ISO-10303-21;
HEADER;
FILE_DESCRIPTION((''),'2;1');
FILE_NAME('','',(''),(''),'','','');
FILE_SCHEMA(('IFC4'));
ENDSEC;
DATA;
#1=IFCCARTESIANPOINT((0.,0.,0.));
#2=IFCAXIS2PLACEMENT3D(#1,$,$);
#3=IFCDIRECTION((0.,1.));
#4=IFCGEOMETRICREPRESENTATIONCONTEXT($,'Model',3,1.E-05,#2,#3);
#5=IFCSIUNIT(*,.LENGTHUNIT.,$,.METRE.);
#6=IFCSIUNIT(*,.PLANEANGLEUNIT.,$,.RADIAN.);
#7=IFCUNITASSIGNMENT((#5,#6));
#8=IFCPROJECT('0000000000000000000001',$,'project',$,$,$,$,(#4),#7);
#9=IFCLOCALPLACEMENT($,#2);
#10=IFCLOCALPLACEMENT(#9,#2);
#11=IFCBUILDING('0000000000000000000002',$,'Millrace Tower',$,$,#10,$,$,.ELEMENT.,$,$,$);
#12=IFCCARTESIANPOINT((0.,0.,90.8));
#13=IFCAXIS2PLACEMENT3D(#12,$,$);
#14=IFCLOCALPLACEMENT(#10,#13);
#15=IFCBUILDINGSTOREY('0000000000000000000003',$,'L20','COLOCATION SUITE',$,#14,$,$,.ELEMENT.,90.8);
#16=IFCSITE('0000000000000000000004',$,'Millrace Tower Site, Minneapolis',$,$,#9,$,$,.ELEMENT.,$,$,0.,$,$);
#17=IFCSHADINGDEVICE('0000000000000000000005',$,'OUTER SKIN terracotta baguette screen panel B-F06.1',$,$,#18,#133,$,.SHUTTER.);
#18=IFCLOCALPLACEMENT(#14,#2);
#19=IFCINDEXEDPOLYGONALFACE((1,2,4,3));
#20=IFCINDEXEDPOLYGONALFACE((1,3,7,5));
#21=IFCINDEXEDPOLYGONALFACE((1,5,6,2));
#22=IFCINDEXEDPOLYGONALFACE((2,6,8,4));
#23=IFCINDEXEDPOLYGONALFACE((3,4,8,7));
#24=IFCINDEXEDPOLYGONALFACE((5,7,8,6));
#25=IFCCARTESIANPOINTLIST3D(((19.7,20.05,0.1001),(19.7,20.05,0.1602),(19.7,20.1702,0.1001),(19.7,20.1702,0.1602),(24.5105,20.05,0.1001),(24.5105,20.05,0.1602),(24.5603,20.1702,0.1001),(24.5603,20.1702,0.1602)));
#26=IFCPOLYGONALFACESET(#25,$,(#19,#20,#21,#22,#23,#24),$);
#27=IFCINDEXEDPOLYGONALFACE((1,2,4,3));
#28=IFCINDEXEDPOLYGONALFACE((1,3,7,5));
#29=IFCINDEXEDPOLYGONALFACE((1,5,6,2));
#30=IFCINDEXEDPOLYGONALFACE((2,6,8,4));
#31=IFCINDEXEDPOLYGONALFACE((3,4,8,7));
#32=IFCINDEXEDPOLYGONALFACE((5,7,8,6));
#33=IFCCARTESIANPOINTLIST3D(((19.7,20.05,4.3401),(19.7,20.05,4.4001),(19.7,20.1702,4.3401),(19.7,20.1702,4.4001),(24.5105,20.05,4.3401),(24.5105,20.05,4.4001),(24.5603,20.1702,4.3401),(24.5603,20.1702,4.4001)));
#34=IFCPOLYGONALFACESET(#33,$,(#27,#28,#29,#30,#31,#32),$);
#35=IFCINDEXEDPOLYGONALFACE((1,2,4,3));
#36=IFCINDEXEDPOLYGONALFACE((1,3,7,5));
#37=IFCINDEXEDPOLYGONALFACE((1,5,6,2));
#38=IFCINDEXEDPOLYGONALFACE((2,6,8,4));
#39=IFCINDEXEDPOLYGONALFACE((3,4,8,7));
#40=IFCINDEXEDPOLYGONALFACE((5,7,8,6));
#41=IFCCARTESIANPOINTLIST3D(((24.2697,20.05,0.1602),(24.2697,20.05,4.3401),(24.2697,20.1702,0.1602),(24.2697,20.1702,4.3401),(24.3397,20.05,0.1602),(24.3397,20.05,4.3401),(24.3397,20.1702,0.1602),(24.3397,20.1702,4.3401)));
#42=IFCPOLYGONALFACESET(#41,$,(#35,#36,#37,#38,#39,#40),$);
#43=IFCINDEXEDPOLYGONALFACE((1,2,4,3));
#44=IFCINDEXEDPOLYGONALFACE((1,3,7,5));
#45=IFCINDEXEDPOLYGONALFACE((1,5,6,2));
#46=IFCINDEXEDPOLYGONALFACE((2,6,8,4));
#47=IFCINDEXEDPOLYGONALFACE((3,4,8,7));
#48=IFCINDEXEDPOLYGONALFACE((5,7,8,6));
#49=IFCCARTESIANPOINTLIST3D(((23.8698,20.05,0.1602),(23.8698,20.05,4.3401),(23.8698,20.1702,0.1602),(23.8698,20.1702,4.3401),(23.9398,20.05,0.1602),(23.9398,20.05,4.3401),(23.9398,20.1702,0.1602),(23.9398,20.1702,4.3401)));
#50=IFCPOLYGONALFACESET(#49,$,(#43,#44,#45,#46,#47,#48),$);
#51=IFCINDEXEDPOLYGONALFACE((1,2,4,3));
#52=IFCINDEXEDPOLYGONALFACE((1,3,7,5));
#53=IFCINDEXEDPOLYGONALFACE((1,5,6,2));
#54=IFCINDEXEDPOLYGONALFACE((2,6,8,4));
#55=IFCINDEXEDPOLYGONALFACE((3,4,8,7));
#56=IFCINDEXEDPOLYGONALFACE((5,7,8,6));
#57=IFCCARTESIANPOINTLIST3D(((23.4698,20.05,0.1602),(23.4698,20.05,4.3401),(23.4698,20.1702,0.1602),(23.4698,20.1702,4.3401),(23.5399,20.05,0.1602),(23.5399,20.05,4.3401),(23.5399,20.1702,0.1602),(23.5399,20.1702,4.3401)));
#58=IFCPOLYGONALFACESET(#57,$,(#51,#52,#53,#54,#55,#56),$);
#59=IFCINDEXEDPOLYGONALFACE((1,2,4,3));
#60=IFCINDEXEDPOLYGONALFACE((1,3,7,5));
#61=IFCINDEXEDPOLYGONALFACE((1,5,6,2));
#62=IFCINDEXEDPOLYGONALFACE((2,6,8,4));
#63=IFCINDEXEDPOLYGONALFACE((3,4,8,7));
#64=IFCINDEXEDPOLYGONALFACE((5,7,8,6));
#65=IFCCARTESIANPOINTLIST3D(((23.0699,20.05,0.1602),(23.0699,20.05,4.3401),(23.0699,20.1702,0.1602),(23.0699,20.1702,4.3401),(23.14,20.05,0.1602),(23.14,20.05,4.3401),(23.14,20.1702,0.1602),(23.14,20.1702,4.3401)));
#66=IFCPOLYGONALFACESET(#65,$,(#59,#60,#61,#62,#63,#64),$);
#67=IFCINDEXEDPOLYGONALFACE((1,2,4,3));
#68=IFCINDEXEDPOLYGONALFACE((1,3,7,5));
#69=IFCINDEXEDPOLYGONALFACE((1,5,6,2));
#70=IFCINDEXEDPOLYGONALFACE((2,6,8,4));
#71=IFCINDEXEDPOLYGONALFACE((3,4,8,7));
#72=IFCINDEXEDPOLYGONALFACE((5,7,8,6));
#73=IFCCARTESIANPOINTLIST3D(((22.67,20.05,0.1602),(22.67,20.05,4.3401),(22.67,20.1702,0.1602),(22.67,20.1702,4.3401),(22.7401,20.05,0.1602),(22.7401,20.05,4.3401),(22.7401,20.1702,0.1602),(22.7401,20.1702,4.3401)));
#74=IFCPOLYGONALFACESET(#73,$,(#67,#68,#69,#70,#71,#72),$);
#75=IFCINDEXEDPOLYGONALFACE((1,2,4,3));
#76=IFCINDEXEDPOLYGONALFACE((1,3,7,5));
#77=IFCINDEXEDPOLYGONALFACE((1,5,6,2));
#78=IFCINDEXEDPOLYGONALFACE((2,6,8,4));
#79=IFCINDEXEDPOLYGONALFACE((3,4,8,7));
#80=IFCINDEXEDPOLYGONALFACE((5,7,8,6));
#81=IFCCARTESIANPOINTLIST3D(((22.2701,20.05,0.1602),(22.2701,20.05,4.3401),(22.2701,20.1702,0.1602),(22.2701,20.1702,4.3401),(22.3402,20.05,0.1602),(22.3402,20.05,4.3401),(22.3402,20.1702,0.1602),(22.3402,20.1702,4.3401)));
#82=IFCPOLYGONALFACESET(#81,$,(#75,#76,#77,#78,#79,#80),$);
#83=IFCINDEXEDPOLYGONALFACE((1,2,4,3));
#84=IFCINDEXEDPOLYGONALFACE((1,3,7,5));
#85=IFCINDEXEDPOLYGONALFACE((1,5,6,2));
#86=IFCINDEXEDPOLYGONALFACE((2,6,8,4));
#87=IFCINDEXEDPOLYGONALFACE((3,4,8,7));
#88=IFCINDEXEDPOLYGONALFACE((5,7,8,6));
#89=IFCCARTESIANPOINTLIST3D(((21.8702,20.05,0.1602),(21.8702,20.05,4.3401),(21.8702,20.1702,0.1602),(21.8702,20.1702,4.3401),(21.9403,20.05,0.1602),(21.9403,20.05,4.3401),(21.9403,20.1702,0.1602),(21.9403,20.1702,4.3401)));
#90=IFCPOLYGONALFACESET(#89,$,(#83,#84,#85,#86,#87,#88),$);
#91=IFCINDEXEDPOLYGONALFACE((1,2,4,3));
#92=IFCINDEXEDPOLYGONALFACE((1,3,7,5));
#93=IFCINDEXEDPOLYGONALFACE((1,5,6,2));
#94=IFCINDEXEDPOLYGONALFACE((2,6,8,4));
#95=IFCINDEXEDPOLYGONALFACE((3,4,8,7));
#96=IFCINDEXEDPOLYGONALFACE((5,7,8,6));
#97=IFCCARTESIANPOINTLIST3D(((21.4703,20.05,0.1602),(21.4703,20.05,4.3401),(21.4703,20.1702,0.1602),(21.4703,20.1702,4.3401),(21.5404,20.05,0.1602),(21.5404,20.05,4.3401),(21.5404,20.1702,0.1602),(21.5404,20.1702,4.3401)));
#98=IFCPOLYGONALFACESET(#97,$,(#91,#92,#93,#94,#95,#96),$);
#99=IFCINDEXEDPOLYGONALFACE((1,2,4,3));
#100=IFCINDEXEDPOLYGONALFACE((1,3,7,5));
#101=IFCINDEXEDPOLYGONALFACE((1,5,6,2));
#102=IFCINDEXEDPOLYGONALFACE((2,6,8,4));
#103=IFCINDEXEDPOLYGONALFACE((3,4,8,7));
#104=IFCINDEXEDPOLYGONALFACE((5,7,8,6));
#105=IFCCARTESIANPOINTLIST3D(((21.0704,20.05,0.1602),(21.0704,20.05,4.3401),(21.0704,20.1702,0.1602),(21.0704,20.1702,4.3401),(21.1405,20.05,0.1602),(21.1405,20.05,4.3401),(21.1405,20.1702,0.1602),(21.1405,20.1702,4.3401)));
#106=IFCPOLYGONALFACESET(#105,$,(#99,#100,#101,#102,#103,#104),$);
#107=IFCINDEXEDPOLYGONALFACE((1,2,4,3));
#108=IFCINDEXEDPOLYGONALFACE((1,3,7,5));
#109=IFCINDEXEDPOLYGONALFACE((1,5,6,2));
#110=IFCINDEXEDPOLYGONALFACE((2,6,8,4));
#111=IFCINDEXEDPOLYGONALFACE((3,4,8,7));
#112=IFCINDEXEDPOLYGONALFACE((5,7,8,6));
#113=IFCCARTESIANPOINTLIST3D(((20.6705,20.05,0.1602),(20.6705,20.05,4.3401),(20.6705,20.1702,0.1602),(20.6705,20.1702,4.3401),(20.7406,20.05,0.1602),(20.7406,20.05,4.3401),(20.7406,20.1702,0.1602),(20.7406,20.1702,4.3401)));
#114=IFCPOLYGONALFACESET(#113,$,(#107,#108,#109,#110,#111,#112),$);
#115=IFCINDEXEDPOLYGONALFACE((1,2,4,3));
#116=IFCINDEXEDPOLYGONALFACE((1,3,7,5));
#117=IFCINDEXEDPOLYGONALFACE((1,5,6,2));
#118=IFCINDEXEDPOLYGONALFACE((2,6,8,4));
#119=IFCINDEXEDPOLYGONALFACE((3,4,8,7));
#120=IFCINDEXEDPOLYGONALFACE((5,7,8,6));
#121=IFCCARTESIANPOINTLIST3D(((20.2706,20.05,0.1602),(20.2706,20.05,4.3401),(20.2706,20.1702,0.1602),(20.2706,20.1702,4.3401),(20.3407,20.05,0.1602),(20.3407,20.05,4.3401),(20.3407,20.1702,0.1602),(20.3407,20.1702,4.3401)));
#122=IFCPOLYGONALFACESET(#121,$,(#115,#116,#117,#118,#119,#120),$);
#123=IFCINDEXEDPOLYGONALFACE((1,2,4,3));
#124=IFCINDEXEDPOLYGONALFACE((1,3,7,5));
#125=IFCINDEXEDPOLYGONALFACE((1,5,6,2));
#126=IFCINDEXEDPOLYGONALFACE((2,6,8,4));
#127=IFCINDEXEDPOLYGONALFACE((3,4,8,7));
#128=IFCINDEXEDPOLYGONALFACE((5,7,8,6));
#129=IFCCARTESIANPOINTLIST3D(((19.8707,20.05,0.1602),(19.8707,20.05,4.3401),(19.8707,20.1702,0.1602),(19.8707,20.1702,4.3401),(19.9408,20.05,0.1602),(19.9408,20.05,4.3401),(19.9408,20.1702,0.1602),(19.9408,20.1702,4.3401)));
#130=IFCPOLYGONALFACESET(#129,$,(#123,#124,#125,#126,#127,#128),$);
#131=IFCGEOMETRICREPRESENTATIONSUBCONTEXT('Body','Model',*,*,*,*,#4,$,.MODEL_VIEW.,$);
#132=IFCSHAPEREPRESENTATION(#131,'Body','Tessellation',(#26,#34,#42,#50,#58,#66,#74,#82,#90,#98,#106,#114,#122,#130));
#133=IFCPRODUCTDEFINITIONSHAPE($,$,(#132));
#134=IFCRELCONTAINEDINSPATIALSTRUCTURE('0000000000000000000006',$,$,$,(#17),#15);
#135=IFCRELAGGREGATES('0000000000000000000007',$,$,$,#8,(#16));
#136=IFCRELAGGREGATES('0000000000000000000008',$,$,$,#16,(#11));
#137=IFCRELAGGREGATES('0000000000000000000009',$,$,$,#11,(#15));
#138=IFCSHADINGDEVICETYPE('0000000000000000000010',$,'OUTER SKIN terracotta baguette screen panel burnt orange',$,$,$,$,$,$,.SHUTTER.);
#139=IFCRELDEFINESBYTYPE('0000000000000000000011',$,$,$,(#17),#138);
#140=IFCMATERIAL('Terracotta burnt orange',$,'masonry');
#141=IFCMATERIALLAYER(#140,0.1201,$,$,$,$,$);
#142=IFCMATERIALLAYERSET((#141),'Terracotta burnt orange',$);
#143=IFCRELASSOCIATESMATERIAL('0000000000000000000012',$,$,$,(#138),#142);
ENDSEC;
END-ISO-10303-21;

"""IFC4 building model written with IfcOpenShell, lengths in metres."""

from ifc_helpers import new_model, entity, si_unit, direction, frame, frame_2d, origin, place, context, subcontext, project, spatial, rectangle, extrude, source, transform, mapped, material, layer, layer_set, type_object, element, save


model = new_model("IFC4")

# Units and contexts
model_context = context("Model", 3, precision=1e-05, world=origin(), true_north=direction((0.0, 1.0)))
body_context = subcontext(model_context, "Body", "Model", "MODEL_VIEW")
ifc_project = project(units=[si_unit("LENGTHUNIT", "METRE"), si_unit("PLANEANGLEUNIT", "RADIAN")], contexts=[model_context])

# Site, building, storey
site_placement = place(None, origin())
site = spatial("IfcSite", under=ifc_project, at=site_placement, Name="Millrace Tower Site, Minneapolis", CompositionType="ELEMENT", RefElevation=0.0)
building_placement = place(site_placement, origin())
building = spatial("IfcBuilding", under=site, at=building_placement, Name="Millrace Tower", CompositionType="ELEMENT")
storey_placement = place(building_placement, frame((0.0, 0.0, 90.8)))
storey = spatial("IfcBuildingStorey", under=building, at=storey_placement, Name="L20", Description="COLOCATION SUITE", CompositionType="ELEMENT", Elevation=90.8)

# Shading device
ifc_material_1 = material(Name="Terracotta burnt orange", Category="masonry")
ifc_layer_1 = layer(ifc_material_1, 0.1201)
ifc_layer_set_1 = layer_set([ifc_layer_1], Name="Terracotta burnt orange")
shading_device_type = type_object("IfcShadingDeviceType", Name="OUTER SKIN terracotta baguette screen panel burnt orange", PredefinedType="SHUTTER", material=ifc_layer_set_1)
cartesian_point_1 = entity("IfcCartesianPoint", [-2.3928, 0.0601])
shared_polyline_1 = entity("IfcPolyline", [cartesian_point_1, entity("IfcCartesianPoint", [2.4177, 0.0601]), entity("IfcCartesianPoint", [2.4177, -0.0601]), entity("IfcCartesianPoint", [-2.4426, -0.0601]), cartesian_point_1])
shared_shape_1 = source(origin(), body_context, "Body", "SweptSolid", [
    entity("IfcExtrudedAreaSolid", entity("IfcArbitraryClosedProfileDef", "AREA", None, shared_polyline_1), entity("IfcAxis2Placement3D", entity("IfcCartesianPoint", [0.0, 0.0, 0.0])), entity("IfcDirection", [0.0, 0.0, 1.0]), 0.0601),
    entity("IfcExtrudedAreaSolid", entity("IfcArbitraryClosedProfileDef", "AREA", None, shared_polyline_1), entity("IfcAxis2Placement3D", entity("IfcCartesianPoint", [0.0, 0.0, 4.24])), entity("IfcDirection", [0.0, 0.0, 1.0]), 0.0601),
    extrude(rectangle(XDim=0.0701, YDim=0.1201, at=frame_2d((-2.187, 0.0))), frame((0.0, 0.0, 0.0601)), (0.0, 0.0, 1.0), 4.1799),
    extrude(rectangle(XDim=0.0701, YDim=0.1201, at=frame_2d((-1.7871, 0.0))), frame((0.0, 0.0, 0.0601)), (0.0, 0.0, 1.0), 4.1799),
    extrude(rectangle(XDim=0.0701, YDim=0.1201, at=frame_2d((-1.3872, 0.0))), frame((0.0, 0.0, 0.0601)), (0.0, 0.0, 1.0), 4.1799),
    extrude(rectangle(XDim=0.0701, YDim=0.1201, at=frame_2d((-0.9873, 0.0))), frame((0.0, 0.0, 0.0601)), (0.0, 0.0, 1.0), 4.1799),
    extrude(rectangle(XDim=0.0701, YDim=0.1201, at=frame_2d((-0.5874, 0.0))), frame((0.0, 0.0, 0.0601)), (0.0, 0.0, 1.0), 4.1799),
    extrude(rectangle(XDim=0.0701, YDim=0.1201, at=frame_2d((-0.1875, 0.0))), frame((0.0, 0.0, 0.0601)), (0.0, 0.0, 1.0), 4.1799),
    extrude(rectangle(XDim=0.0701, YDim=0.1201, at=frame_2d((0.2124, 0.0))), frame((0.0, 0.0, 0.0601)), (0.0, 0.0, 1.0), 4.1799),
    extrude(rectangle(XDim=0.0701, YDim=0.1201, at=frame_2d((0.6123, 0.0))), frame((0.0, 0.0, 0.0601)), (0.0, 0.0, 1.0), 4.1799),
    extrude(rectangle(XDim=0.0701, YDim=0.1201, at=frame_2d((1.0122, 0.0))), frame((0.0, 0.0, 0.0601)), (0.0, 0.0, 1.0), 4.1799),
    extrude(rectangle(XDim=0.0701, YDim=0.1201, at=frame_2d((1.4121, 0.0))), frame((0.0, 0.0, 0.0601)), (0.0, 0.0, 1.0), 4.1799),
    extrude(rectangle(XDim=0.0701, YDim=0.1201, at=frame_2d((1.812, 0.0))), frame((0.0, 0.0, 0.0601)), (0.0, 0.0, 1.0), 4.1799),
    extrude(rectangle(XDim=0.0701, YDim=0.1201, at=frame_2d((2.2119, 0.0))), frame((0.0, 0.0, 0.0601)), (0.0, 0.0, 1.0), 4.1799),
])
shading_device_1_placement = place(storey_placement, frame((22.1177, 20.1101, 0.1001), z_axis=(0.0, 0.0, 1.0), x_axis=(-1.0, 0.0, 0.0)))
element("IfcShadingDevice", 1, at=shading_device_1_placement, inside=storey, type_object=shading_device_type, Name="OUTER SKIN terracotta baguette screen panel B-F06.1", PredefinedType="SHUTTER", context=body_context, shape_type="MappedRepresentation", body=[
    mapped(shared_shape_1, transform((0.0, 0.0, 0.0), scale=1.0)),
])

save(model, "model.ifc")
